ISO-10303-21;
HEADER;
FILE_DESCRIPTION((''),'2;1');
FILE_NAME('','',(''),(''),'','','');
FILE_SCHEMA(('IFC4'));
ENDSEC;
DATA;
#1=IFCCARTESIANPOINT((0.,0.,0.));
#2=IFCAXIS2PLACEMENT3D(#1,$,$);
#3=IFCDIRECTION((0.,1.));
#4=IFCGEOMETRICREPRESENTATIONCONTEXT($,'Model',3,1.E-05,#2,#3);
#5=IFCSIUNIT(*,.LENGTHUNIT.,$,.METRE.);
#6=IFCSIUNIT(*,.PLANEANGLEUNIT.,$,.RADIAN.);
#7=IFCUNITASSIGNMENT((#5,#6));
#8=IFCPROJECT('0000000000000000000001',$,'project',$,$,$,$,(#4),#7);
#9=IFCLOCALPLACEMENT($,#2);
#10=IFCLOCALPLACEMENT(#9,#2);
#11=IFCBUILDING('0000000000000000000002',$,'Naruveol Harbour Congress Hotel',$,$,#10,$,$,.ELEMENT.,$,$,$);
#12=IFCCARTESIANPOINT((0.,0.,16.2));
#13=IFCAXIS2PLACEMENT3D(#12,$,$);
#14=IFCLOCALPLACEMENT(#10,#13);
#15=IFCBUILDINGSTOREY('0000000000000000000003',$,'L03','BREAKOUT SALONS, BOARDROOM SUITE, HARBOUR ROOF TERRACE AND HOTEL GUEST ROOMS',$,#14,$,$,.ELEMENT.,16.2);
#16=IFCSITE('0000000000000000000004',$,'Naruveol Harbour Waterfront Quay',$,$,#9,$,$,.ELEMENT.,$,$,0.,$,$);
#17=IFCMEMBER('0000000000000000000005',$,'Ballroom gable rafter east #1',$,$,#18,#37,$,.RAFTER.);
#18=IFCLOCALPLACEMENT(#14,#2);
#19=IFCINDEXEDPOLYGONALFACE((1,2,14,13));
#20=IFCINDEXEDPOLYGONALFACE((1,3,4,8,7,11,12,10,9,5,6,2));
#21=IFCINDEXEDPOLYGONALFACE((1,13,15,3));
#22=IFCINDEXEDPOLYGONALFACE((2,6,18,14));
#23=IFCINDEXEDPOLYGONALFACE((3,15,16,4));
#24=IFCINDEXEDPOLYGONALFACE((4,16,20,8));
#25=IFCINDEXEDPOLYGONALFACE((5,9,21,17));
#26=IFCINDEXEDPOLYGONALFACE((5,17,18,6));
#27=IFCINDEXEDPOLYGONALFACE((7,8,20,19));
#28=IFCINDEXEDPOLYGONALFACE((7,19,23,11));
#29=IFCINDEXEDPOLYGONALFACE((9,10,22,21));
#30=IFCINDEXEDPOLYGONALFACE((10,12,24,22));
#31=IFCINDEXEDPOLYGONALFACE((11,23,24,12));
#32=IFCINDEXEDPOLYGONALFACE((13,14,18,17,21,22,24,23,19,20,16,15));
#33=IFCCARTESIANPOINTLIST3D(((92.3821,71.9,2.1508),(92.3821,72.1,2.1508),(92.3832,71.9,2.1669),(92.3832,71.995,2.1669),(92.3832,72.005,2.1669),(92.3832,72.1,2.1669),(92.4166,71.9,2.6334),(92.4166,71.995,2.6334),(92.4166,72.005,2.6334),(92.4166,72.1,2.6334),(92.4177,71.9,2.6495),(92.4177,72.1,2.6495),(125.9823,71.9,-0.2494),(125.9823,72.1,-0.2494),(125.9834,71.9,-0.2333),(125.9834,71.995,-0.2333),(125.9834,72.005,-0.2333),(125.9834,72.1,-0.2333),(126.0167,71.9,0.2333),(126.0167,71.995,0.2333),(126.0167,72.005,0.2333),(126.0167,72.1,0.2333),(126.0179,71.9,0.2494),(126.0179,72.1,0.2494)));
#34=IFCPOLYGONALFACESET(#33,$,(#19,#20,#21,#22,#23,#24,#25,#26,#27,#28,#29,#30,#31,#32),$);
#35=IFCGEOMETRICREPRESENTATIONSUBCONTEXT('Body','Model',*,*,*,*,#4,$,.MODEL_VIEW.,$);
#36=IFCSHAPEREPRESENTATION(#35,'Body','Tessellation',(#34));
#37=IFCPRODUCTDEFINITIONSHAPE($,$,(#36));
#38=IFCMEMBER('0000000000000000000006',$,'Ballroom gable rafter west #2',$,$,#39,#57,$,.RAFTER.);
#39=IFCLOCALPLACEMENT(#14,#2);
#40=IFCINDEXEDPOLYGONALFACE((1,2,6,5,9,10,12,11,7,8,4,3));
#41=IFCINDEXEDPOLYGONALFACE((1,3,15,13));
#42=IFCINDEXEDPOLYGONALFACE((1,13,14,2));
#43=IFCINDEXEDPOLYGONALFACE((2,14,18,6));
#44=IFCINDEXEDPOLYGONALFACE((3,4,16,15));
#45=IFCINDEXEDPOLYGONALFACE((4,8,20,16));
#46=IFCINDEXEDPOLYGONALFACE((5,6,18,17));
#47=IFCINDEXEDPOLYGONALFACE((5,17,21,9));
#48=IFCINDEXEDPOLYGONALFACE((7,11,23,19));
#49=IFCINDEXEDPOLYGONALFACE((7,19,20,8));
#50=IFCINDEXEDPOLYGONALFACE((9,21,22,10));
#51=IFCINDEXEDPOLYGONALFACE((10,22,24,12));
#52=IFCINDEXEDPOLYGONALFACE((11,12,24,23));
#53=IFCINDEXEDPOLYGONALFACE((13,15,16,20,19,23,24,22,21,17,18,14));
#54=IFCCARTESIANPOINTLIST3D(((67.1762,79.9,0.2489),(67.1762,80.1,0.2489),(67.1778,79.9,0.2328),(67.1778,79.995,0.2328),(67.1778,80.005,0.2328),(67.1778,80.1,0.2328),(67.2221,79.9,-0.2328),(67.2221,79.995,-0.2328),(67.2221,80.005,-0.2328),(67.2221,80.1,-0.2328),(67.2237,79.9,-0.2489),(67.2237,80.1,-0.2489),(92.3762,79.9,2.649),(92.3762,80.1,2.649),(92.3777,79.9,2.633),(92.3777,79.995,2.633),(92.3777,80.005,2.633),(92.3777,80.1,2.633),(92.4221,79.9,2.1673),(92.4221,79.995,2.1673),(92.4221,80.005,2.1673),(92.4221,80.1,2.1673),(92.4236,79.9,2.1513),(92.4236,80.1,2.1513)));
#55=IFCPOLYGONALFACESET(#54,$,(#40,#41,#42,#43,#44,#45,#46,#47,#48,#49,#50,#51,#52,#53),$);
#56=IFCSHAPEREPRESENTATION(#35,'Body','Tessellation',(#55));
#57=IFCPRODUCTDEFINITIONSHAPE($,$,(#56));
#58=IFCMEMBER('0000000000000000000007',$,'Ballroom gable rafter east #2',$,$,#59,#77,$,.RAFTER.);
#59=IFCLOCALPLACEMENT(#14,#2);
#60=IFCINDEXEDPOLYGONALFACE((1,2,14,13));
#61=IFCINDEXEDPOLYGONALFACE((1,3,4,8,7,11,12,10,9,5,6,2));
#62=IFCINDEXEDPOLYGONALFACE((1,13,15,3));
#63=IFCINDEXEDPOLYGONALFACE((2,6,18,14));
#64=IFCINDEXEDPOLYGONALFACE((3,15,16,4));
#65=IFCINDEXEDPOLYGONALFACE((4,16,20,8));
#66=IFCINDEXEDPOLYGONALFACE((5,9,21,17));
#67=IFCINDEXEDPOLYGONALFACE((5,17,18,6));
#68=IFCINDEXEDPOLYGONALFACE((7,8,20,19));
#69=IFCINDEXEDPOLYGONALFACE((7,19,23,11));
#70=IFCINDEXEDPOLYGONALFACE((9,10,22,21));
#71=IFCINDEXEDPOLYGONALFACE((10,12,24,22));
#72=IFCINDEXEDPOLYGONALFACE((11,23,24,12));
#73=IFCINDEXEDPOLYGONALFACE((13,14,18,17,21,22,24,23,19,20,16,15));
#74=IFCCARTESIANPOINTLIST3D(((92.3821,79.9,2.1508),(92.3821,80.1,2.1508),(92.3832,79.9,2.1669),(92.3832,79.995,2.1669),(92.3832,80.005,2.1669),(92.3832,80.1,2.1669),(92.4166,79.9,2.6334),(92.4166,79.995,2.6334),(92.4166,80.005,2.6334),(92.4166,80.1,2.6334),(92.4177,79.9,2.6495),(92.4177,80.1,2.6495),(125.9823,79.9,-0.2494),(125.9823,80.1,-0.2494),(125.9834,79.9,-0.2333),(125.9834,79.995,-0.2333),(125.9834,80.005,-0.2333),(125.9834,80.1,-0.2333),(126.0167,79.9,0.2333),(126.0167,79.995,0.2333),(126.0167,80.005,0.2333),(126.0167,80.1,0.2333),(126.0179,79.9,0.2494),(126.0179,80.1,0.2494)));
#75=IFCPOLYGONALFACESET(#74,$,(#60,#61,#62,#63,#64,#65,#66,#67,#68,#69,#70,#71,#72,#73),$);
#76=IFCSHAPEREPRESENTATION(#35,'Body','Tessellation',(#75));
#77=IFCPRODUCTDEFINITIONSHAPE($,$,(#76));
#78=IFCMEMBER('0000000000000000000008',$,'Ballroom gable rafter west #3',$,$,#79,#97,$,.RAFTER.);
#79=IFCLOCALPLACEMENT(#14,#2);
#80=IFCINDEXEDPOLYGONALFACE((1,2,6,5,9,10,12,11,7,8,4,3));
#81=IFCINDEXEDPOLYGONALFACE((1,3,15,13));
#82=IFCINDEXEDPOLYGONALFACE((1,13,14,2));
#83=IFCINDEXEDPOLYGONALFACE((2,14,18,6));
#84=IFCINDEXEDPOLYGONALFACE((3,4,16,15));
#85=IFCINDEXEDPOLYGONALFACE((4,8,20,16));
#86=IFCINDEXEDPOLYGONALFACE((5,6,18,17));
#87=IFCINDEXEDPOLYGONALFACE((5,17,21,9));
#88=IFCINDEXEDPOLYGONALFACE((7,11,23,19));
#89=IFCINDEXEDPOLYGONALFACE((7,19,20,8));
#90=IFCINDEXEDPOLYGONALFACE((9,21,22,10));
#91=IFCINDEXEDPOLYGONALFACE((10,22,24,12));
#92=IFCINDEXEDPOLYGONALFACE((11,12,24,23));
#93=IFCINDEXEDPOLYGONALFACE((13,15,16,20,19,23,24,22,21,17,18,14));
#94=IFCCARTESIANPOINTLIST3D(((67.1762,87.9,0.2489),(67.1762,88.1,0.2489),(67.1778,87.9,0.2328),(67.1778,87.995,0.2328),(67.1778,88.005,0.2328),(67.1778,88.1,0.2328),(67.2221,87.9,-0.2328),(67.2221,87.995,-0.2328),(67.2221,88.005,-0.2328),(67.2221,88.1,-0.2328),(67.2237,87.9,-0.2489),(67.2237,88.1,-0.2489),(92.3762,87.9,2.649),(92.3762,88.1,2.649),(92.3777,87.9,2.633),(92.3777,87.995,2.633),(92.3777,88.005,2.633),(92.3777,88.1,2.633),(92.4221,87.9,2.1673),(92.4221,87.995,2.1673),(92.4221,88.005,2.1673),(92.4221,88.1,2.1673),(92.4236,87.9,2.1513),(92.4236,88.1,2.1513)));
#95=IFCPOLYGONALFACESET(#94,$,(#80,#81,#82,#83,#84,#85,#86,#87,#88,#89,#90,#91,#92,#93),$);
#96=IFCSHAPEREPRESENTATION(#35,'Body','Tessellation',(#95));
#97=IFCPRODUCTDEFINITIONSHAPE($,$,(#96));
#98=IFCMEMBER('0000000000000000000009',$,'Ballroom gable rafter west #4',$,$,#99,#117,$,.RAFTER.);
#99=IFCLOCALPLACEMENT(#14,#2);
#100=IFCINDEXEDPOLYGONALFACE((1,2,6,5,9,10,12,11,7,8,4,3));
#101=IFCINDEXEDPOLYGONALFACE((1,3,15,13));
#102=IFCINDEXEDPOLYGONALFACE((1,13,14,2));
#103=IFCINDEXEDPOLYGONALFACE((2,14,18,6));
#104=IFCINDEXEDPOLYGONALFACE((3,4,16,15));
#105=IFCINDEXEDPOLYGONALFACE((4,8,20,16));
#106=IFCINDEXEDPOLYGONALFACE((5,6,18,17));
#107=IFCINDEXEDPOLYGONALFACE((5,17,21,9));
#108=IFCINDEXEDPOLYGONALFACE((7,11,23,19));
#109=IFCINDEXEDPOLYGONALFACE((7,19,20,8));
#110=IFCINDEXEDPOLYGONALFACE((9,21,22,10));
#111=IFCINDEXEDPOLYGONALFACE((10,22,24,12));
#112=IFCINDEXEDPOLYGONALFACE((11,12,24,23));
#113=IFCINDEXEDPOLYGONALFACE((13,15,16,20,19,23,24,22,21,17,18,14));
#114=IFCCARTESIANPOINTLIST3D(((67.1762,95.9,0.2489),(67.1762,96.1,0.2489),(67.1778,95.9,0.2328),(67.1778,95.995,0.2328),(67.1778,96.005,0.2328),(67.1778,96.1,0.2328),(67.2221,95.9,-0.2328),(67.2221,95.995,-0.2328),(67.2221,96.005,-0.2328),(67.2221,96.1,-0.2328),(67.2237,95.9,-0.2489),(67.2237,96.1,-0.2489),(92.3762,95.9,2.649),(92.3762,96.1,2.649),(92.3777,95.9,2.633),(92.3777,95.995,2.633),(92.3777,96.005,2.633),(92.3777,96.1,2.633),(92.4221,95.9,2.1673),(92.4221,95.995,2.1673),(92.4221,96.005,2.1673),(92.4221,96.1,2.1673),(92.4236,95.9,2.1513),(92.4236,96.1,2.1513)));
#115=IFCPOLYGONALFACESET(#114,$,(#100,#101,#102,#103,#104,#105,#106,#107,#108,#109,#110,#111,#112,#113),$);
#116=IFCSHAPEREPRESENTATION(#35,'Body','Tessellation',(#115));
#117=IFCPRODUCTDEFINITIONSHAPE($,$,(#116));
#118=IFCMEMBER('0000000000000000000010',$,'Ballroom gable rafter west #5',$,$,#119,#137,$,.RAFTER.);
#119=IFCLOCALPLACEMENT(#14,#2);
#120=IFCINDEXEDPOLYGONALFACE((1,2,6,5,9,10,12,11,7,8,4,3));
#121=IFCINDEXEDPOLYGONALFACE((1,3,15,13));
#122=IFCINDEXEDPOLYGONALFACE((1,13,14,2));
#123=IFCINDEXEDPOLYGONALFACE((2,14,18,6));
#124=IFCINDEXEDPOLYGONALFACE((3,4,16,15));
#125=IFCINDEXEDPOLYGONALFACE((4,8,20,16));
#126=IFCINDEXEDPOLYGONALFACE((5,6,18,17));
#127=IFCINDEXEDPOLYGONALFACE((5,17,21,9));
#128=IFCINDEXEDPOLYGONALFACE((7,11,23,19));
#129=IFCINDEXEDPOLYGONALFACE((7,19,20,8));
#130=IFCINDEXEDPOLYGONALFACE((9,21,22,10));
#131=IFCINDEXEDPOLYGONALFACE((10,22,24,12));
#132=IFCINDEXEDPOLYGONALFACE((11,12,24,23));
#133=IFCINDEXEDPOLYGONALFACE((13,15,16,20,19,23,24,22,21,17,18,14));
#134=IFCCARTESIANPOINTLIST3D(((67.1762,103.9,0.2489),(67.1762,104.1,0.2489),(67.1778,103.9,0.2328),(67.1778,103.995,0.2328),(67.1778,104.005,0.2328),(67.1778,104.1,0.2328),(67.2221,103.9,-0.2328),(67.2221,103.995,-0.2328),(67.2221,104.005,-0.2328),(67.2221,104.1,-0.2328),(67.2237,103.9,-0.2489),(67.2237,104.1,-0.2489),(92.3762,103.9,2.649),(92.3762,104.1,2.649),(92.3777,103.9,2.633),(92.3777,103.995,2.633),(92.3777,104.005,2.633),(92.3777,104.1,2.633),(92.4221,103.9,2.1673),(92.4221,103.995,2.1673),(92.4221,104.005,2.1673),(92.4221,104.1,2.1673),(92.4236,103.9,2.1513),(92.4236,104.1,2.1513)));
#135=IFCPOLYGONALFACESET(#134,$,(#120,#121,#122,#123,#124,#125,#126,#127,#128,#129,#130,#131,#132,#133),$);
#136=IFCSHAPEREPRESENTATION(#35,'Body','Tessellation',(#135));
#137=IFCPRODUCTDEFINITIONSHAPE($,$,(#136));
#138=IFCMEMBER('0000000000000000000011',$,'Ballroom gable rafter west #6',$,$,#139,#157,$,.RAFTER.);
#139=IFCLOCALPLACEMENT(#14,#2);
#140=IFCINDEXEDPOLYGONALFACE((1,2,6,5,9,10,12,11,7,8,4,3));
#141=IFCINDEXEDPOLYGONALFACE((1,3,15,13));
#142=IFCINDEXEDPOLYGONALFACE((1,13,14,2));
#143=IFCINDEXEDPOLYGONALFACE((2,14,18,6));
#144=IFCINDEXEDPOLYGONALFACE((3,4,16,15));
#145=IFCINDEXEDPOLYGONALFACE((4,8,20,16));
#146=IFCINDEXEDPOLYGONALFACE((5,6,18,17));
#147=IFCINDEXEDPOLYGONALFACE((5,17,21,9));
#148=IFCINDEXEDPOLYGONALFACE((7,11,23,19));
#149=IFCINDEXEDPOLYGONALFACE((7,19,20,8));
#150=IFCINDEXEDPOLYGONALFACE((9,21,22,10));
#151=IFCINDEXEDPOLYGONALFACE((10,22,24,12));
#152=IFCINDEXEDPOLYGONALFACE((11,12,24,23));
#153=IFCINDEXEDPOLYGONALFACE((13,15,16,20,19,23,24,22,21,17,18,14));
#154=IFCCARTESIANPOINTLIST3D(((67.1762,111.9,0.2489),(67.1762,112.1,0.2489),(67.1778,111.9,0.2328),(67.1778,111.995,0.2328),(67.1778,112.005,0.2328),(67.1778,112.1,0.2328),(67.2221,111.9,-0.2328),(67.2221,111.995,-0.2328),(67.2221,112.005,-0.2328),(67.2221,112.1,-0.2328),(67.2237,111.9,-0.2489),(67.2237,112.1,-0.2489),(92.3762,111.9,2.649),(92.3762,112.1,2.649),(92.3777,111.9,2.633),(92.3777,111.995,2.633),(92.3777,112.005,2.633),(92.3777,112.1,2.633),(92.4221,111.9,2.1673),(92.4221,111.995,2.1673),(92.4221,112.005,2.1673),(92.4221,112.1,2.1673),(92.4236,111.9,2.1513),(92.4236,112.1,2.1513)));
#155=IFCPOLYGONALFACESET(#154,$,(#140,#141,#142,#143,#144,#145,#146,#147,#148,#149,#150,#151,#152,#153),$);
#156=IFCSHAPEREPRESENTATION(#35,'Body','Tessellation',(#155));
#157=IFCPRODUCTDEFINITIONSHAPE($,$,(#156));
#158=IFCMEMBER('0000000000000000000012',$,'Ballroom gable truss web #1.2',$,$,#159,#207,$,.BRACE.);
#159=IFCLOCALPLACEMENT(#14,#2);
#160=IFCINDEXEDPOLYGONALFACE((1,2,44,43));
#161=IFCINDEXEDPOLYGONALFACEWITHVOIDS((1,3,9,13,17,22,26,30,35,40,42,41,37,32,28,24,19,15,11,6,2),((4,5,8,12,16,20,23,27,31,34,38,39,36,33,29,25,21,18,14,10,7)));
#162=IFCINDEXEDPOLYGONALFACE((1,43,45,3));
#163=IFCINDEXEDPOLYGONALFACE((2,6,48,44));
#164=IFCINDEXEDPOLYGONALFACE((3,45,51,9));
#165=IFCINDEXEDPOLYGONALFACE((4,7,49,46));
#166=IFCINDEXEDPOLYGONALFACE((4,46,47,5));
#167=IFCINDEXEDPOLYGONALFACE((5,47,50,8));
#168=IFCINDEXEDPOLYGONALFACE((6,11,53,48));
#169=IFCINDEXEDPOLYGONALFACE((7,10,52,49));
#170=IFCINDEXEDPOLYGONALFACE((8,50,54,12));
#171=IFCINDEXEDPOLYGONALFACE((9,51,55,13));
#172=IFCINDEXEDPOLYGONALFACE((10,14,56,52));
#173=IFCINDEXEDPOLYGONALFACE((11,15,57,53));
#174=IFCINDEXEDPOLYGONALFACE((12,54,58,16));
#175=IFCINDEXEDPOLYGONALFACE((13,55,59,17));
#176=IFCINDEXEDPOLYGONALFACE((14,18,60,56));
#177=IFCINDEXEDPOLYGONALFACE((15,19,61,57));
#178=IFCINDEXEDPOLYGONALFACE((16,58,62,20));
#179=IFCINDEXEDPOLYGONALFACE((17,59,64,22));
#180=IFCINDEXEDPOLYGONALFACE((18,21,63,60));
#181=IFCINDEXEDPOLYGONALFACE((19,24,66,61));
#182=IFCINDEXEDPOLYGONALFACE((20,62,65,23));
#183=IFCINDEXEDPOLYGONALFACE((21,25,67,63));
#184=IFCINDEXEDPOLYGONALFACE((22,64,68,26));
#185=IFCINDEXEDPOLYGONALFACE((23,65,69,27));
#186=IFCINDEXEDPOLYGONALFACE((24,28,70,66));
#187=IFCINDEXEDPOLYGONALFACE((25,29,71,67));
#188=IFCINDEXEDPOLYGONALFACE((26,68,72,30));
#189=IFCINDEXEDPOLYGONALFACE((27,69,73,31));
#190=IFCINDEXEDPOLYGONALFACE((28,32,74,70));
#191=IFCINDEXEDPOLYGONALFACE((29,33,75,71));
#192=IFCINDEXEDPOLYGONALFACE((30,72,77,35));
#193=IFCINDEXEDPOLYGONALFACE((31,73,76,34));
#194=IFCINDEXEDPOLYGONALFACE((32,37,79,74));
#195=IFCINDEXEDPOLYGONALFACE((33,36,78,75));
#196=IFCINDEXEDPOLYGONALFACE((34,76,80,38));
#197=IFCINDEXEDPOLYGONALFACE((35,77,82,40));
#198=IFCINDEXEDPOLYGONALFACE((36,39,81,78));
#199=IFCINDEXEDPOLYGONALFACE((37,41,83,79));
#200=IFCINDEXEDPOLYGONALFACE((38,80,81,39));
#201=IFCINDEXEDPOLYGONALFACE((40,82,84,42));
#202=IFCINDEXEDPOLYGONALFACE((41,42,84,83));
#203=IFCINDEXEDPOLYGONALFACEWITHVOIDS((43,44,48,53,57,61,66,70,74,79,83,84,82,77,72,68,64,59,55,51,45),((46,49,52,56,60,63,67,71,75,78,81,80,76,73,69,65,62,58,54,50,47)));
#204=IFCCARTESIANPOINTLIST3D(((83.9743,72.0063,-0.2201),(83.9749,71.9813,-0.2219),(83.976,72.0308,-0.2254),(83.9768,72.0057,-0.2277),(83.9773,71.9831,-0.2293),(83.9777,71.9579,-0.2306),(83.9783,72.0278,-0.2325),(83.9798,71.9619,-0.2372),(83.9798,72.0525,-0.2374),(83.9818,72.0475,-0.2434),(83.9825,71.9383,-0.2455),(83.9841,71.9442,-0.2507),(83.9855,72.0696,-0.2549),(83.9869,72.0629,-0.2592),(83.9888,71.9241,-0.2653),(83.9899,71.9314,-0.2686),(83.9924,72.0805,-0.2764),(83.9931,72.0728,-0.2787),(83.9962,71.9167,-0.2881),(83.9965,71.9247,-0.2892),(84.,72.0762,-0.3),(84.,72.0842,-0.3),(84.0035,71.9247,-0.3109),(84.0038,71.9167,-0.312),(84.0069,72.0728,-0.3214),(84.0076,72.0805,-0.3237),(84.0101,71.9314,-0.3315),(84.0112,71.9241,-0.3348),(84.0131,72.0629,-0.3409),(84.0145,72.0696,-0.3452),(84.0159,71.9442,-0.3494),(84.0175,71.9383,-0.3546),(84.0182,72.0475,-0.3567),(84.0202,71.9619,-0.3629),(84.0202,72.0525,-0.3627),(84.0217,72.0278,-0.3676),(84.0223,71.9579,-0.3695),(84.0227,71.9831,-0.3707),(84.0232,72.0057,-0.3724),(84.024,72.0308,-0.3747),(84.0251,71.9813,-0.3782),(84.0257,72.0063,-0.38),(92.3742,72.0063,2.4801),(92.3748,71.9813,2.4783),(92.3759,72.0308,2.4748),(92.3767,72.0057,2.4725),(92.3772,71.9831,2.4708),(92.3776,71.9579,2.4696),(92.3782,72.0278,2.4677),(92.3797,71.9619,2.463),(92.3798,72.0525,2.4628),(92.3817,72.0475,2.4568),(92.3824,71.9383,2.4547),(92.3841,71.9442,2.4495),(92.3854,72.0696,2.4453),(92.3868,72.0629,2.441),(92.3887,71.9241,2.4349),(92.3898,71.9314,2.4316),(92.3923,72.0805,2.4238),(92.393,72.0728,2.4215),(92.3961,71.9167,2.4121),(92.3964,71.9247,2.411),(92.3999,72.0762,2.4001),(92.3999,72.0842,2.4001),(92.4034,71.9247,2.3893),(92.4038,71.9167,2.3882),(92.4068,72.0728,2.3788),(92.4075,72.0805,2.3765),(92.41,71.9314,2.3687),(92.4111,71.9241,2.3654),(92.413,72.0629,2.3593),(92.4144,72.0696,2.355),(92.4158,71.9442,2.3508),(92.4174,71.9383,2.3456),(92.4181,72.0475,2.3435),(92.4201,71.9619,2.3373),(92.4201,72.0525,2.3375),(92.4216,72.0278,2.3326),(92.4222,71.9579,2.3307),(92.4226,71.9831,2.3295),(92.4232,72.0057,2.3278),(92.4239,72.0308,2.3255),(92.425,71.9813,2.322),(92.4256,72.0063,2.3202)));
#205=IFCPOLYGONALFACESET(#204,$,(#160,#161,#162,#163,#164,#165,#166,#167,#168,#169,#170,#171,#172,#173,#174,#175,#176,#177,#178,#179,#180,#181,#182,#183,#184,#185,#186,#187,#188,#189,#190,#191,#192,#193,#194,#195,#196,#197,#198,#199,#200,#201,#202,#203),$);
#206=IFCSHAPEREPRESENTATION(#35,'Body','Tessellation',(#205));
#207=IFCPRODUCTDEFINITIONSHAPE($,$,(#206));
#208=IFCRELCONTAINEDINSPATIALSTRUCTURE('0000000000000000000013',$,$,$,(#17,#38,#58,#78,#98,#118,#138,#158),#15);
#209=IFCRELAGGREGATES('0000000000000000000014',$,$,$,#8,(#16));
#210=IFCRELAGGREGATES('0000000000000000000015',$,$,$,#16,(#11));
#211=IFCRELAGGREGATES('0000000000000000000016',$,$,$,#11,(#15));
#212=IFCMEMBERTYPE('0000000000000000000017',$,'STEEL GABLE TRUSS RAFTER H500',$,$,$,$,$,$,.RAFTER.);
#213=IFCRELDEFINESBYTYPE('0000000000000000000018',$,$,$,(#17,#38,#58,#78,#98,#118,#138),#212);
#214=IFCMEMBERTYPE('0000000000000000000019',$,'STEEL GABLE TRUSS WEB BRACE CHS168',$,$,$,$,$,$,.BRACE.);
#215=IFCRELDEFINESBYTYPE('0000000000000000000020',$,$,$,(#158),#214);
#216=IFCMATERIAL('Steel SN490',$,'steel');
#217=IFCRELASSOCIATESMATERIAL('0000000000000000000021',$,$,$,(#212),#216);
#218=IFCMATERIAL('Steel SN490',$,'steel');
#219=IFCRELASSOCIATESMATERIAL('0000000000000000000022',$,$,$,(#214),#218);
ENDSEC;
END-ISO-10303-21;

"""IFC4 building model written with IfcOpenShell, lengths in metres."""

from ifc_helpers import new_model, si_unit, direction, frame, origin, origin_2d, place, context, subcontext, project, spatial, hollow_circle, i_section, extrude, material, material_profile, profile_set, type_object, element, save


model = new_model("IFC4")

# Units and contexts
model_context = context("Model", 3, precision=1e-05, world=origin(), true_north=direction((0.0, 1.0)))
body_context = subcontext(model_context, "Body", "Model", "MODEL_VIEW")
ifc_project = project(units=[si_unit("LENGTHUNIT", "METRE"), si_unit("PLANEANGLEUNIT", "RADIAN")], contexts=[model_context])

# Site, building, storey
site_placement = place(None, origin())
site = spatial("IfcSite", under=ifc_project, at=site_placement, Name="Naruveol Harbour Waterfront Quay", CompositionType="ELEMENT", RefElevation=0.0)
building_placement = place(site_placement, origin())
building = spatial("IfcBuilding", under=site, at=building_placement, Name="Naruveol Harbour Congress Hotel", CompositionType="ELEMENT")
storey_placement = place(building_placement, frame((0.0, 0.0, 16.2)))
storey = spatial("IfcBuildingStorey", under=building, at=storey_placement, Name="L03", Description="BREAKOUT SALONS, BOARDROOM SUITE, HARBOUR ROOF TERRACE AND HOTEL GUEST ROOMS", CompositionType="ELEMENT", Elevation=16.2)

# Members
ifc_material_1 = material(Name="Steel SN490", Category="steel")
ifc_material_profile_1 = material_profile(ifc_material_1, i_section(OverallWidth=0.2, OverallDepth=0.5, WebThickness=0.01, FlangeThickness=0.0161, at=origin_2d()), Name="H-500x200x10x16")
ifc_profile_set_1 = profile_set([ifc_material_profile_1], Name="Steel SN490")
member_type_1 = type_object("IfcMemberType", Name="STEEL GABLE TRUSS RAFTER H500", PredefinedType="RAFTER", material=ifc_profile_set_1)
member_1_placement = place(storey_placement, frame((92.3999, 72.0, 2.4001), z_axis=(0.997458, 0.0, -0.071251), x_axis=(0.0, 1.0, 0.0)))
element("IfcMember", 1, at=member_1_placement, inside=storey, type_object=member_type_1, Name="Ballroom gable rafter east #1", PredefinedType="RAFTER", context=body_context, shape_type="SweptSolid", body=[
    extrude(i_section(OverallWidth=0.2, OverallDepth=0.5, WebThickness=0.01, FlangeThickness=0.0161, at=origin_2d()), origin(), (0.0, 0.0, 1.0), 33.6858),
])
member_2_placement = place(storey_placement, frame((67.2, 80.0, 0.0), z_axis=(0.995495, 0.0, 0.094815), x_axis=(0.0, 1.0, 0.0)))
element("IfcMember", 2, at=member_2_placement, inside=storey, type_object=member_type_1, Name="Ballroom gable rafter west #2", PredefinedType="RAFTER", context=body_context, shape_type="SweptSolid", body=[
    extrude(i_section(OverallWidth=0.2, OverallDepth=0.5, WebThickness=0.01, FlangeThickness=0.0161, at=origin_2d()), origin(), (0.0, 0.0, 1.0), 25.314),
])
member_3_placement = place(storey_placement, frame((92.3999, 80.0, 2.4001), z_axis=(0.997458, 0.0, -0.071251), x_axis=(0.0, 1.0, 0.0)))
element("IfcMember", 3, at=member_3_placement, inside=storey, type_object=member_type_1, Name="Ballroom gable rafter east #2", PredefinedType="RAFTER", context=body_context, shape_type="SweptSolid", body=[
    extrude(i_section(OverallWidth=0.2, OverallDepth=0.5, WebThickness=0.01, FlangeThickness=0.0161, at=origin_2d()), origin(), (0.0, 0.0, 1.0), 33.6858),
])
for number, where, z_axis, x_axis, name in (
    (4, (67.2, 88.0, 0.0), (0.995495, 0.0, 0.094815), (0.0, 1.0, 0.0), "Ballroom gable rafter west #3"),
    (5, (67.2, 96.0, 0.0), (0.995495, 0.0, 0.094815), (0.0, 1.0, 0.0), "Ballroom gable rafter west #4"),
    (6, (67.2, 104.0, 0.0), (0.995495, 0.0, 0.094815), (0.0, 1.0, 0.0), "Ballroom gable rafter west #5"),
    (7, (67.2, 112.0, 0.0), (0.995495, 0.0, 0.094815), (0.0, 1.0, 0.0), "Ballroom gable rafter west #6"),
):
    element("IfcMember", number, at=place(storey_placement, frame(where, z_axis=z_axis, x_axis=x_axis)), inside=storey, type_object=member_type_1, Name=name, PredefinedType="RAFTER", context=body_context, shape_type="SweptSolid", body=[
        extrude(i_section(OverallWidth=0.2, OverallDepth=0.5, WebThickness=0.01, FlangeThickness=0.0161, at=origin_2d()), origin(), (0.0, 0.0, 1.0), 25.314),
    ])
ifc_material_2 = material(Name="Steel SN490", Category="steel")
ifc_material_profile_2 = material_profile(ifc_material_2, hollow_circle(Radius=0.0842, WallThickness=0.0081, at=origin_2d()), Name="CHS-168.3x8")
ifc_profile_set_2 = profile_set([ifc_material_profile_2], Name="Steel SN490")
member_type_2 = type_object("IfcMemberType", Name="STEEL GABLE TRUSS WEB BRACE CHS168", PredefinedType="BRACE", material=ifc_profile_set_2)
member_4_placement = place(storey_placement, frame((84.0, 72.0, -0.3), z_axis=(0.952021, 0.0, 0.306032), x_axis=(0.0, 1.0, 0.0)))
element("IfcMember", 8, at=member_4_placement, inside=storey, type_object=member_type_2, Name="Ballroom gable truss web #1.2", PredefinedType="BRACE", context=body_context, shape_type="SweptSolid", body=[
    extrude(hollow_circle(Radius=0.0842, WallThickness=0.0081, at=origin_2d()), origin(), (0.0, 0.0, 1.0), 8.8232),
])

save(model, "model.ifc")
